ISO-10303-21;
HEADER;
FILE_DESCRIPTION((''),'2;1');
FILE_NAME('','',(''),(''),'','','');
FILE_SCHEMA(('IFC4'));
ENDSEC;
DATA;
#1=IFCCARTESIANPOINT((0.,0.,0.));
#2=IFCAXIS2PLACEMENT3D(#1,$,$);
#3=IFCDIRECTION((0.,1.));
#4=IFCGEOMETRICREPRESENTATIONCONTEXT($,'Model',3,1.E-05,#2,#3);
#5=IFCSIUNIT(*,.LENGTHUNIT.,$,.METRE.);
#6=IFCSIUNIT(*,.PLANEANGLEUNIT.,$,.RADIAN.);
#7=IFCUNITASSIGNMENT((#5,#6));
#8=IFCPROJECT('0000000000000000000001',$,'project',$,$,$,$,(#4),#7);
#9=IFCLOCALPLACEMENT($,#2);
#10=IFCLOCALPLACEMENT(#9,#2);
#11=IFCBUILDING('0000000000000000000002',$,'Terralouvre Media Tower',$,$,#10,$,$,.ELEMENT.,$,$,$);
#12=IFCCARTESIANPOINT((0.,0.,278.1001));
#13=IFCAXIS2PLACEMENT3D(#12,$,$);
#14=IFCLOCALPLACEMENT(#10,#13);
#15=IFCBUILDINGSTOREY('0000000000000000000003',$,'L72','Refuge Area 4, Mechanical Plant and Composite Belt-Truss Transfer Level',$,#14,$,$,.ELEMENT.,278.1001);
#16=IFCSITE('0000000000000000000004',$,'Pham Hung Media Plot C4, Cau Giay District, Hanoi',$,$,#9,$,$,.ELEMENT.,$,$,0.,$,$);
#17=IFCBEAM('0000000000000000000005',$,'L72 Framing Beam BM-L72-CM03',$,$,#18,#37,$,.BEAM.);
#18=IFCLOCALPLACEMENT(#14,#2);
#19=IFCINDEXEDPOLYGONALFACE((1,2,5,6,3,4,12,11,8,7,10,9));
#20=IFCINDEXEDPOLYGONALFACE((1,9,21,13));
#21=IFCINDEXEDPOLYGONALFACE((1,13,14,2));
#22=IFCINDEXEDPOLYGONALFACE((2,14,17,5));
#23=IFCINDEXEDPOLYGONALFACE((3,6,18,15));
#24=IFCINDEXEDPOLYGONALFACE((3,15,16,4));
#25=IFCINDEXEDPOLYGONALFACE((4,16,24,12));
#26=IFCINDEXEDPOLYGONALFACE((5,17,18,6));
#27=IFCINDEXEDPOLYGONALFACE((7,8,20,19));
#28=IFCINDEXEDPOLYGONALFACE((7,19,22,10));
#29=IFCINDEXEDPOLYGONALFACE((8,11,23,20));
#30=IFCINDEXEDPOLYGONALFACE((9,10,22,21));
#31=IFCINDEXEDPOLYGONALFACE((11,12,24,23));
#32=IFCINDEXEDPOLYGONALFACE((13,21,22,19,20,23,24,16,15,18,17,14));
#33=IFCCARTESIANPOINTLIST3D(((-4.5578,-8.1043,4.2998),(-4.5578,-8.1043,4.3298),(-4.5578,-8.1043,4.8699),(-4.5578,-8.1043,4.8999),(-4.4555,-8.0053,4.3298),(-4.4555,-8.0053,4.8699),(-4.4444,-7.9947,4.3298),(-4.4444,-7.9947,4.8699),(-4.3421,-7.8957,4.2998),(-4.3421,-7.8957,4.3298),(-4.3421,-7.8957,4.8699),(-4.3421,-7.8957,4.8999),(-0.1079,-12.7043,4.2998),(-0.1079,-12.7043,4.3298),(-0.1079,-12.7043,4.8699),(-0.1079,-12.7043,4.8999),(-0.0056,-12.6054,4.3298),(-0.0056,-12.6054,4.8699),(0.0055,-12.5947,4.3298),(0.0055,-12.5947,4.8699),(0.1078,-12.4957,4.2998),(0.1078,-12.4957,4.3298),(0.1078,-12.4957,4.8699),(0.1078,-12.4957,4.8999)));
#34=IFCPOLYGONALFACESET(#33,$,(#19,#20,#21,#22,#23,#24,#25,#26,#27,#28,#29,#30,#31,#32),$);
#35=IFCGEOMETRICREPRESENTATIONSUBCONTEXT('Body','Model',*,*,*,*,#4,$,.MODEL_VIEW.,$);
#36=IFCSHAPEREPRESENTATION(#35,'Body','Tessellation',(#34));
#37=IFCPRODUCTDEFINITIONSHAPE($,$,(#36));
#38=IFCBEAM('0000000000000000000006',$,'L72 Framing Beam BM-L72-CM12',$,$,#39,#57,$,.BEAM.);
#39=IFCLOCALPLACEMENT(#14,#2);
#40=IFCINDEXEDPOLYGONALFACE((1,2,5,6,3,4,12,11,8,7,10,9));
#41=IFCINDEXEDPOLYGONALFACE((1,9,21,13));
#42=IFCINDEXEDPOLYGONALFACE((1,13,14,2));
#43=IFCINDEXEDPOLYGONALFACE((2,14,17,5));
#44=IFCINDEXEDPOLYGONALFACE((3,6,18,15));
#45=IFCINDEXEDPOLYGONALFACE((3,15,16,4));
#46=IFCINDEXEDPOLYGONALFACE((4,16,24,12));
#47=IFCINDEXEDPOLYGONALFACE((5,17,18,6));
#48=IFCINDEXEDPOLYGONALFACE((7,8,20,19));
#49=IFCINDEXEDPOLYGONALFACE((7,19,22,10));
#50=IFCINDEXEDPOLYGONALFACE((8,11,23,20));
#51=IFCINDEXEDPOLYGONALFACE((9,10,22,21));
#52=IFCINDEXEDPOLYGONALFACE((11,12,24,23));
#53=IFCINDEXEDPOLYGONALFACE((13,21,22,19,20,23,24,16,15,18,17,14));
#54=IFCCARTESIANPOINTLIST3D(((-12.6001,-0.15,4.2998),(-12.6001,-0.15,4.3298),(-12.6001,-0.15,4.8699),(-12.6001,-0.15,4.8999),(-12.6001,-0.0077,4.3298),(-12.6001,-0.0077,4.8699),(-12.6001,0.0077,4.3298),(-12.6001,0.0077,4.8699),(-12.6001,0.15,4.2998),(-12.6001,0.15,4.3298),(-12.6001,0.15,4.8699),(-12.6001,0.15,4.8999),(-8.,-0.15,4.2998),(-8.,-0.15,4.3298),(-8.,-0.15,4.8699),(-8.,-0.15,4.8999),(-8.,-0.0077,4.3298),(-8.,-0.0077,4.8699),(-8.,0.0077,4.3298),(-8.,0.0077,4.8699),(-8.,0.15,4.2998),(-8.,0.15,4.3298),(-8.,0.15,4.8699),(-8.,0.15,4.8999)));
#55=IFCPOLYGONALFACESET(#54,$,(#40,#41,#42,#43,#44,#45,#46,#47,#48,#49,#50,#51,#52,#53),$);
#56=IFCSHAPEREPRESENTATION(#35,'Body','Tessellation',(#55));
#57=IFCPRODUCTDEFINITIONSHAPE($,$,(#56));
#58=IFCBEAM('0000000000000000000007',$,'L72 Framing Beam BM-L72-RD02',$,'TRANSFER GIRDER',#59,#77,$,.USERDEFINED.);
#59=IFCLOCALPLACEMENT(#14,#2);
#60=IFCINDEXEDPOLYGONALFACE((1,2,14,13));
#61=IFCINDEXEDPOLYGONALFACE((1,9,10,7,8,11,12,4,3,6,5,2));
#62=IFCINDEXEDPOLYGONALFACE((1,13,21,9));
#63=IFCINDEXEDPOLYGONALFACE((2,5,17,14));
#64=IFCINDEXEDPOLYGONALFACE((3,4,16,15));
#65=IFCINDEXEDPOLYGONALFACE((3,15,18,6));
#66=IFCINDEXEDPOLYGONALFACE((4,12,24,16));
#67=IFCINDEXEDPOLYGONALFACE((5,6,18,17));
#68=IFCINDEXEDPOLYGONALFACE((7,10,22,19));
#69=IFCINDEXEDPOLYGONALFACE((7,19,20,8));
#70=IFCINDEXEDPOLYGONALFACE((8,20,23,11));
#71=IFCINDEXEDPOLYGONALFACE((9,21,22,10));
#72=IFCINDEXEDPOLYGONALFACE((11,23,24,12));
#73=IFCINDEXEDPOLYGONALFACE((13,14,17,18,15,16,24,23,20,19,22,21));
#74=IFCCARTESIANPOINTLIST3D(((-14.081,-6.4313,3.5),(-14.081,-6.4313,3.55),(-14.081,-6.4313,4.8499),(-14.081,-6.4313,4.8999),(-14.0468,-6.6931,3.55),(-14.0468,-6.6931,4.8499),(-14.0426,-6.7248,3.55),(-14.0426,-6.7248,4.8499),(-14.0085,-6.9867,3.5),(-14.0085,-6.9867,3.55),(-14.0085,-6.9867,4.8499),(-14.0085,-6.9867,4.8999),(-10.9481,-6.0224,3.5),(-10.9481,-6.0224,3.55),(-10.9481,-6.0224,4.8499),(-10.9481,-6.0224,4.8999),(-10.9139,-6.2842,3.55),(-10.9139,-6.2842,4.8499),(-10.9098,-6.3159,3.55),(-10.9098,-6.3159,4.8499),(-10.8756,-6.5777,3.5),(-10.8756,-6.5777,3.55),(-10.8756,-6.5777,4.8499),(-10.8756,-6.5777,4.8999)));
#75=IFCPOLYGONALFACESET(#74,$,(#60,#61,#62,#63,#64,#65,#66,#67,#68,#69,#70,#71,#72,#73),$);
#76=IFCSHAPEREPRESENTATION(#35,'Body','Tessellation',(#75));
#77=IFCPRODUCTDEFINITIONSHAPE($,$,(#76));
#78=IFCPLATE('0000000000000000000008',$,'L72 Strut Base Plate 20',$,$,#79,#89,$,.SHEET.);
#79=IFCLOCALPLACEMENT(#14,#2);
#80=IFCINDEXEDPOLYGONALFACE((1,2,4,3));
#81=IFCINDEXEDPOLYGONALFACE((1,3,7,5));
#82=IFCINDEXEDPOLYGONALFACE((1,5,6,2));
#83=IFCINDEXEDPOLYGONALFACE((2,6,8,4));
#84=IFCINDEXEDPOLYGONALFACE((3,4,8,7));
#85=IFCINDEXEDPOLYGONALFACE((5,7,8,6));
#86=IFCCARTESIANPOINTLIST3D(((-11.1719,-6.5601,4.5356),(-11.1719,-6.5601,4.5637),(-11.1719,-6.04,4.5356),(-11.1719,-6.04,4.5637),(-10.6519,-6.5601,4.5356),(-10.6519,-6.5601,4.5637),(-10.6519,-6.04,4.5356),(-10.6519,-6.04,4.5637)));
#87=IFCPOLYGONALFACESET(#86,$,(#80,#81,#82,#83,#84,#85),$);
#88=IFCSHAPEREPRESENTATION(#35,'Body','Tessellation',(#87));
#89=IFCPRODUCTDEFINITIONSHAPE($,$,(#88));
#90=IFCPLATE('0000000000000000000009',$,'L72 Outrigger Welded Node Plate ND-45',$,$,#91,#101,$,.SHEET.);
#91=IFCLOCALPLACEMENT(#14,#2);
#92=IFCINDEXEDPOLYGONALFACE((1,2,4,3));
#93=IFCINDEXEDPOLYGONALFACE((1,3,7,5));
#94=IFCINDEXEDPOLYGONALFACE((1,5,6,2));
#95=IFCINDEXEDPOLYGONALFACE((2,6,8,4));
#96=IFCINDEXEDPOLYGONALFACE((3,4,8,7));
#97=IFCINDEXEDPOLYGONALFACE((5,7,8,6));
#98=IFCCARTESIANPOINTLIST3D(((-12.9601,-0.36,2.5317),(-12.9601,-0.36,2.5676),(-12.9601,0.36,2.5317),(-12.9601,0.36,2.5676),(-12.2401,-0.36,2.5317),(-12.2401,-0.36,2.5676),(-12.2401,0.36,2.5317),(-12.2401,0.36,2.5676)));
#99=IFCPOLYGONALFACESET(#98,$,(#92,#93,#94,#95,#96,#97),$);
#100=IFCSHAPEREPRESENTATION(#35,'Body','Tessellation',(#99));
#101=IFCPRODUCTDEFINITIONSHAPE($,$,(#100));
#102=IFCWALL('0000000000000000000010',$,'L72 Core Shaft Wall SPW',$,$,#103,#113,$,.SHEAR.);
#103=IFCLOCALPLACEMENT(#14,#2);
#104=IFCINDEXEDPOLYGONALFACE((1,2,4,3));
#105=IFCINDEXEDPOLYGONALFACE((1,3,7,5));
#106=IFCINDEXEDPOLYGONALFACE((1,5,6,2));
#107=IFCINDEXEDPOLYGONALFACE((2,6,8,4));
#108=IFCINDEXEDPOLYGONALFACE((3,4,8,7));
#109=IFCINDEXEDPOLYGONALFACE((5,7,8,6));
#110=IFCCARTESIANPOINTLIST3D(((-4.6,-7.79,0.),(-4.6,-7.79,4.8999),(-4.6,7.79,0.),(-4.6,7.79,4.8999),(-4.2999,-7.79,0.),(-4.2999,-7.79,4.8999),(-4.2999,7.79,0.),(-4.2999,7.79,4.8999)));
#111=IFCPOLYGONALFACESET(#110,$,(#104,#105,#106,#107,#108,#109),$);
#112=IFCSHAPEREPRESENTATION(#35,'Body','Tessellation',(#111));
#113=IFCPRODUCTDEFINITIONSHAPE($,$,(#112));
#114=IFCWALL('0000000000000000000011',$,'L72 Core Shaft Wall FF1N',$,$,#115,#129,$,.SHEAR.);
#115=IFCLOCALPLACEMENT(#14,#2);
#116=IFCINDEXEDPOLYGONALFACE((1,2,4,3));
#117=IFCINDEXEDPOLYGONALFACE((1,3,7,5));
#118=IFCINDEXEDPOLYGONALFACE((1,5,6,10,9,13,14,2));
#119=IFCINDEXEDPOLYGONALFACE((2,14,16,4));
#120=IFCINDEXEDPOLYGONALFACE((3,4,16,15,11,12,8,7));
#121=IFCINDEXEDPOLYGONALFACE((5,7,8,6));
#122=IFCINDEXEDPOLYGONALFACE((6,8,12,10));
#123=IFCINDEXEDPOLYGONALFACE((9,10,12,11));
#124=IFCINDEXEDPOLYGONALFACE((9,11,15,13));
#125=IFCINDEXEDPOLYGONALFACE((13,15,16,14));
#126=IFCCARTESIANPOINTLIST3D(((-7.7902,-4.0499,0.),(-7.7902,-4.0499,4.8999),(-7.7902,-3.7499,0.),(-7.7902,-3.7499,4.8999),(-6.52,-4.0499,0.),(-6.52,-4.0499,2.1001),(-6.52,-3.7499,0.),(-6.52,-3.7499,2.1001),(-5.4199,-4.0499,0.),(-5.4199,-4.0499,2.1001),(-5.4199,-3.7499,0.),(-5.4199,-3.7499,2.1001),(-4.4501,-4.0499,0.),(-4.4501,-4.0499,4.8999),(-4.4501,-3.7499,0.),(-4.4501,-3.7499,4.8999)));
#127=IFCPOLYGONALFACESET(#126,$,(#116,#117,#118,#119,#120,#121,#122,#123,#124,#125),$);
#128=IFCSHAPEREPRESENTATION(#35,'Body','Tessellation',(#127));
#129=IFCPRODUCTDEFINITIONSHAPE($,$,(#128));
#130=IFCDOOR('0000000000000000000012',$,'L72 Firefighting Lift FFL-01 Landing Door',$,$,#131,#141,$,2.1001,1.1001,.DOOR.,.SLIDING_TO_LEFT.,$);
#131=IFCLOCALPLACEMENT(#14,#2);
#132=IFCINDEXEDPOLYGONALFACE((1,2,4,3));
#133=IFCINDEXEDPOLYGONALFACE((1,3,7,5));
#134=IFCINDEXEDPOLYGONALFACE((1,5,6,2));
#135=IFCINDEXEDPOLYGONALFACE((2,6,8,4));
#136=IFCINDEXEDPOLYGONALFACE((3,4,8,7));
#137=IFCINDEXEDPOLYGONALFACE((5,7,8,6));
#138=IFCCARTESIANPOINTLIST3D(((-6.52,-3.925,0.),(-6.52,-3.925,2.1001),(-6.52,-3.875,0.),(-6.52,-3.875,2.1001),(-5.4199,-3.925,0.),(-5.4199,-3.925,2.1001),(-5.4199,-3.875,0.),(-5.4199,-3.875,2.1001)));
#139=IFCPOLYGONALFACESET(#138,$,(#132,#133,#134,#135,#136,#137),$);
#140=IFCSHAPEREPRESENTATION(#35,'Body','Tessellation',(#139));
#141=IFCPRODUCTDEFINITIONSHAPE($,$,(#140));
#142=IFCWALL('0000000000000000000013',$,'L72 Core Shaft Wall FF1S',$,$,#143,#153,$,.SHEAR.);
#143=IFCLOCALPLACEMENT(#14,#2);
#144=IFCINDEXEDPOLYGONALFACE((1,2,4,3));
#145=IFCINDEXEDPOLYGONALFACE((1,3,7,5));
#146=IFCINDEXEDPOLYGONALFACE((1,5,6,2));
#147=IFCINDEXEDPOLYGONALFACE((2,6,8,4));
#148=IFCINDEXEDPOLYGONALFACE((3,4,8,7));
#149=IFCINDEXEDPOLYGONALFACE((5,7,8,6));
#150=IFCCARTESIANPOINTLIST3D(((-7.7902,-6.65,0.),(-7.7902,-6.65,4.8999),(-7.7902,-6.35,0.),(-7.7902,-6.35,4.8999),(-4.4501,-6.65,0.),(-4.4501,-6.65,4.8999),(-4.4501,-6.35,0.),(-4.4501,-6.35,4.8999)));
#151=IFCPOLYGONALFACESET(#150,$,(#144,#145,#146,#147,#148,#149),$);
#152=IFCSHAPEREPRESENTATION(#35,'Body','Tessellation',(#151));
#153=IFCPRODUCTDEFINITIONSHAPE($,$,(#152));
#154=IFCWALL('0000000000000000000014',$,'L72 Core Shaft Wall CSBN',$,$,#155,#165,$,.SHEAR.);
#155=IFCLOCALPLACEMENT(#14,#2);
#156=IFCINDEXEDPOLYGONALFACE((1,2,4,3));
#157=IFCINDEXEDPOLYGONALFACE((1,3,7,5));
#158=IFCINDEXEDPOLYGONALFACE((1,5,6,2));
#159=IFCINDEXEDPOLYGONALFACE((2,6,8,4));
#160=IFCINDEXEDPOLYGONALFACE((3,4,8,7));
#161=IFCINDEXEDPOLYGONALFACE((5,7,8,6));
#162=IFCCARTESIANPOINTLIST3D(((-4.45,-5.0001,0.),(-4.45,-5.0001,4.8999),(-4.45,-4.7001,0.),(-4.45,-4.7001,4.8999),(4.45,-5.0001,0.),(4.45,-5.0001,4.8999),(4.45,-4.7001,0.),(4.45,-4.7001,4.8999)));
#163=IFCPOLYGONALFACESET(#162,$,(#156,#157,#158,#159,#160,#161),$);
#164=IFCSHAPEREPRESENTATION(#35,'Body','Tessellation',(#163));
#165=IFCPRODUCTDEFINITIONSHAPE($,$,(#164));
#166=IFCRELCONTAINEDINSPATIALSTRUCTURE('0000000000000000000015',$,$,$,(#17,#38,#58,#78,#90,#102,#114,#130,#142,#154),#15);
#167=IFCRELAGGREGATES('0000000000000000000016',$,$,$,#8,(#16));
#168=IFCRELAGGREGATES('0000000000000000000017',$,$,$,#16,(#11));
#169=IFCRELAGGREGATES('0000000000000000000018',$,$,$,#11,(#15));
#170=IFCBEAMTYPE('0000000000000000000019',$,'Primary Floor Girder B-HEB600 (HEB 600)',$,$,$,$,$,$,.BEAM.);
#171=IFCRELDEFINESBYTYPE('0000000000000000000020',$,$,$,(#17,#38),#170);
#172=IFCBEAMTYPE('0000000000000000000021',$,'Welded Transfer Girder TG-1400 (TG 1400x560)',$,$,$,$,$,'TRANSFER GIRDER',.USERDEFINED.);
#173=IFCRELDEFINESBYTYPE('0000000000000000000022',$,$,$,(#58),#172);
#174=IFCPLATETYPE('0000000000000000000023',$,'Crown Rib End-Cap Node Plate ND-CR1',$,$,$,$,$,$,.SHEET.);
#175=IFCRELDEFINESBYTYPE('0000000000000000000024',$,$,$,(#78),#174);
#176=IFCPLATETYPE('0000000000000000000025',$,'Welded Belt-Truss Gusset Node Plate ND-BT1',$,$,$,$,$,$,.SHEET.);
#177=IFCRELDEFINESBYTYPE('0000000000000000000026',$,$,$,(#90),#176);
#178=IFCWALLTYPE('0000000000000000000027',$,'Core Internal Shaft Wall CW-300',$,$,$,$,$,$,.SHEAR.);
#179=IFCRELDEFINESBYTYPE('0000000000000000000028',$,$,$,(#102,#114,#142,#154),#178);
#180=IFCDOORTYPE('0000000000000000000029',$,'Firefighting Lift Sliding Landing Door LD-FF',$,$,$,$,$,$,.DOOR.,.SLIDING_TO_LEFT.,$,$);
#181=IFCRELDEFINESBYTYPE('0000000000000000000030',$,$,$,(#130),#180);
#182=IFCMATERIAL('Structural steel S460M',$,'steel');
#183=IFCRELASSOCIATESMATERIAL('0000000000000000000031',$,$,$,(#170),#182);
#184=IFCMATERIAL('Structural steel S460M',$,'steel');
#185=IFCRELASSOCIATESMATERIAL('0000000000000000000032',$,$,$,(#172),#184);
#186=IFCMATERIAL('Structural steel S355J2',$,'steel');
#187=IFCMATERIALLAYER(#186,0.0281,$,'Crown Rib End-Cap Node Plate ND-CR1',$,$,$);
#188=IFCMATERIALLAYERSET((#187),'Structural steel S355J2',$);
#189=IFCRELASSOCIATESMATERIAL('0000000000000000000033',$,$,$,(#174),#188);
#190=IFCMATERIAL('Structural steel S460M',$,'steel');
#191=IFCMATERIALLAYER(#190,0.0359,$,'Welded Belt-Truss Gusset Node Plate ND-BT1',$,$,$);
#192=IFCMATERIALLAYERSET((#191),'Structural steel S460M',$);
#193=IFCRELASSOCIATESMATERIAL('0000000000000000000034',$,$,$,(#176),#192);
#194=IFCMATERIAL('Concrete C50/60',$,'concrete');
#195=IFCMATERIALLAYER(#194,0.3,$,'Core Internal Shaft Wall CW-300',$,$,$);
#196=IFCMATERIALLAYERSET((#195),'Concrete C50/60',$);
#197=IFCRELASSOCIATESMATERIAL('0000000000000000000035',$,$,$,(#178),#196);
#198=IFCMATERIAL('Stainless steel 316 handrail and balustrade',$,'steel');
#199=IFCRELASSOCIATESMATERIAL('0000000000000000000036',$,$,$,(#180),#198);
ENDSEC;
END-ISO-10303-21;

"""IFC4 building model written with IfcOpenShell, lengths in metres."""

from ifc_helpers import new_model, si_unit, direction, frame, frame_2d, origin, origin_2d, place, context, subcontext, project, spatial, rectangle, i_section, extrude, material, layer, layer_set, material_profile, profile_set, type_object, element, fill, save


model = new_model("IFC4")

# Units and contexts
model_context = context("Model", 3, precision=1e-05, world=origin(), true_north=direction((0.0, 1.0)))
body_context = subcontext(model_context, "Body", "Model", "MODEL_VIEW")
ifc_project = project(units=[si_unit("LENGTHUNIT", "METRE"), si_unit("PLANEANGLEUNIT", "RADIAN")], contexts=[model_context])

# Site, building, storey
site_placement = place(None, origin())
site = spatial("IfcSite", under=ifc_project, at=site_placement, Name="Pham Hung Media Plot C4, Cau Giay District, Hanoi", CompositionType="ELEMENT", RefElevation=0.0)
building_placement = place(site_placement, origin())
building = spatial("IfcBuilding", under=site, at=building_placement, Name="Terralouvre Media Tower", CompositionType="ELEMENT")
storey_placement = place(building_placement, frame((0.0, 0.0, 278.1001)))
storey = spatial("IfcBuildingStorey", under=building, at=storey_placement, Name="L72", Description="Refuge Area 4, Mechanical Plant and Composite Belt-Truss Transfer Level", CompositionType="ELEMENT", Elevation=278.1001)

# Beams
ifc_material_1 = material(Name="Structural steel S460M", Category="steel")
ifc_material_profile_1 = material_profile(ifc_material_1, i_section(OverallWidth=0.3, OverallDepth=0.6001, WebThickness=0.0154, FlangeThickness=0.03, at=origin_2d()), Name="HEB 600")
ifc_profile_set_1 = profile_set([ifc_material_profile_1], Name="Structural steel S460M")
beam_type_1 = type_object("IfcBeamType", Name="Primary Floor Girder B-HEB600 (HEB 600)", PredefinedType="BEAM", material=ifc_profile_set_1)
beam_1_placement = place(storey_placement, frame((-4.45, -8.0, 4.5999), z_axis=(0.69528, -0.718739, 0.0), x_axis=(0.718739, 0.69528, 0.0)))
element("IfcBeam", 1, at=beam_1_placement, inside=storey, type_object=beam_type_1, Name="L72 Framing Beam BM-L72-CM03", PredefinedType="BEAM", context=body_context, shape_type="SweptSolid", body=[
    extrude(i_section(OverallWidth=0.3, OverallDepth=0.6001, WebThickness=0.0154, FlangeThickness=0.03, at=origin_2d()), origin(), (0.0, 0.0, 1.0), 6.4001),
])
beam_2_placement = place(storey_placement, frame((-8.0, 0.0, 4.5999), z_axis=(-1.0, 0.0, 0.0), x_axis=(0.0, -1.0, 0.0)))
element("IfcBeam", 2, at=beam_2_placement, inside=storey, type_object=beam_type_1, Name="L72 Framing Beam BM-L72-CM12", PredefinedType="BEAM", context=body_context, shape_type="SweptSolid", body=[
    extrude(i_section(OverallWidth=0.3, OverallDepth=0.6001, WebThickness=0.0154, FlangeThickness=0.03, at=origin_2d()), origin(), (0.0, 0.0, 1.0), 4.6001),
])
ifc_material_2 = material(Name="Structural steel S460M", Category="steel")
ifc_material_profile_2 = material_profile(ifc_material_2, i_section(OverallWidth=0.5601, OverallDepth=1.3999, WebThickness=0.032, FlangeThickness=0.05, at=origin_2d()), Name="TG 1400x560")
ifc_profile_set_2 = profile_set([ifc_material_profile_2], Name="Structural steel S460M")
beam_type_2 = type_object("IfcBeamType", Name="Welded Transfer Girder TG-1400 (TG 1400x560)", ElementType="TRANSFER GIRDER", PredefinedType="USERDEFINED", material=ifc_profile_set_2)
beam_3_placement = place(storey_placement, frame((-10.9119, -6.3, 4.2), z_axis=(-0.991588, -0.129435, 0.0), x_axis=(0.129435, -0.991588, 0.0)))
element("IfcBeam", 3, at=beam_3_placement, inside=storey, type_object=beam_type_2, Name="L72 Framing Beam BM-L72-RD02", ObjectType="TRANSFER GIRDER", PredefinedType="USERDEFINED", context=body_context, shape_type="SweptSolid", body=[
    extrude(i_section(OverallWidth=0.5601, OverallDepth=1.3999, WebThickness=0.032, FlangeThickness=0.05, at=origin_2d()), origin(), (0.0, 0.0, 1.0), 3.1594),
])

# Plates
ifc_material_3 = material(Name="Structural steel S355J2", Category="steel")
ifc_layer_1 = layer(ifc_material_3, 0.0281, Name="Crown Rib End-Cap Node Plate ND-CR1")
ifc_layer_set_1 = layer_set([ifc_layer_1], Name="Structural steel S355J2")
plate_type_1 = type_object("IfcPlateType", Name="Crown Rib End-Cap Node Plate ND-CR1", PredefinedType="SHEET", material=ifc_layer_set_1)
plate_1_placement = place(storey_placement, frame((-10.9119, -6.3, 4.5356), z_axis=(0.0, 0.0, 1.0), x_axis=(1.0, 0.0, 0.0)))
element("IfcPlate", 4, at=plate_1_placement, inside=storey, type_object=plate_type_1, Name="L72 Strut Base Plate 20", PredefinedType="SHEET", context=body_context, shape_type="SweptSolid", body=[
    extrude(rectangle(XDim=0.52, YDim=0.52, at=origin_2d()), origin(), (0.0, 0.0, 1.0), 0.0281),
])
ifc_material_4 = material(Name="Structural steel S460M", Category="steel")
ifc_layer_2 = layer(ifc_material_4, 0.0359, Name="Welded Belt-Truss Gusset Node Plate ND-BT1")
ifc_layer_set_2 = layer_set([ifc_layer_2], Name="Structural steel S460M")
plate_type_2 = type_object("IfcPlateType", Name="Welded Belt-Truss Gusset Node Plate ND-BT1", PredefinedType="SHEET", material=ifc_layer_set_2)
plate_2_placement = place(storey_placement, frame((-12.6001, 0.0, 2.5317), z_axis=(0.0, 0.0, 1.0), x_axis=(1.0, 0.0, 0.0)))
element("IfcPlate", 5, at=plate_2_placement, inside=storey, type_object=plate_type_2, Name="L72 Outrigger Welded Node Plate ND-45", PredefinedType="SHEET", context=body_context, shape_type="SweptSolid", body=[
    extrude(rectangle(XDim=0.72, YDim=0.72, at=origin_2d()), origin(), (0.0, 0.0, 1.0), 0.0359),
])

# Wall
ifc_material_5 = material(Name="Concrete C50/60", Category="concrete")
ifc_layer_3 = layer(ifc_material_5, 0.3, Name="Core Internal Shaft Wall CW-300")
ifc_layer_set_3 = layer_set([ifc_layer_3], Name="Concrete C50/60")
wall_type_1 = type_object("IfcWallType", Name="Core Internal Shaft Wall CW-300", PredefinedType="SHEAR", material=ifc_layer_set_3)
wall_1_placement = place(storey_placement, frame((-4.45, -7.79, 0.0), z_axis=(0.0, 0.0, 1.0), x_axis=(0.0, 1.0, 0.0)))
element("IfcWall", 6, at=wall_1_placement, inside=storey, type_object=wall_type_1, Name="L72 Core Shaft Wall SPW", PredefinedType="SHEAR", context=body_context, shape_type="SweptSolid", body=[
    extrude(rectangle(XDim=15.5801, YDim=0.3, at=frame_2d((7.79, 0.0))), origin(), (0.0, 0.0, 1.0), 4.8999),
])

# Wall, opening, door
wall_2_placement = place(storey_placement, frame((-7.79, -3.8999, 0.0), z_axis=(0.0, 0.0, 1.0), x_axis=(1.0, 0.0, 0.0)))
wall_2 = element("IfcWall", 7, at=wall_2_placement, inside=storey, type_object=wall_type_1, Name="L72 Core Shaft Wall FF1N", PredefinedType="SHEAR", context=body_context, shape_type="SweptSolid", body=[
    extrude(rectangle(XDim=3.3401, YDim=0.3, at=frame_2d((1.6699, 0.0))), origin(), (0.0, 0.0, 1.0), 4.8999),
])
opening_1_placement = place(wall_2_placement, frame((1.27, 0.0, 0.0)))
opening_1 = element("IfcOpeningElement", 8, at=opening_1_placement, cuts=wall_2, PredefinedType="OPENING", context=body_context, shape_type="SweptSolid", body=[
    extrude(rectangle(XDim=1.1001, YDim=2.1001, at=frame_2d((0.55, 1.05))), frame((0.0, 0.1599, 0.0), z_axis=(0.0, -1.0, 0.0), x_axis=(1.0, 0.0, 0.0)), (0.0, 0.0, 1.0), 0.3201),
])
ifc_material_6 = material(Name="Stainless steel 316 handrail and balustrade", Category="steel")
door_type_1 = type_object("IfcDoorType", Name="Firefighting Lift Sliding Landing Door LD-FF", OperationType="SLIDING_TO_LEFT", PredefinedType="DOOR", material=ifc_material_6)
door_1_placement = place(opening_1_placement, origin())
door_1 = element("IfcDoor", 9, at=door_1_placement, inside=storey, type_object=door_type_1, Name="L72 Firefighting Lift FFL-01 Landing Door", OperationType="SLIDING_TO_LEFT", OverallHeight=2.1001, OverallWidth=1.1001, PredefinedType="DOOR", context=body_context, shape_type="SweptSolid", body=[
    extrude(rectangle(XDim=1.1001, YDim=2.1001, at=frame_2d((0.55, 1.05))), frame((0.0, 0.0249, 0.0), z_axis=(0.0, -1.0, 0.0), x_axis=(1.0, 0.0, 0.0)), (0.0, 0.0, 1.0), 0.05),
])
fill(opening_1, door_1)

# Walls
wall_3_placement = place(storey_placement, frame((-7.79, -6.5, 0.0), z_axis=(0.0, 0.0, 1.0), x_axis=(1.0, 0.0, 0.0)))
element("IfcWall", 10, at=wall_3_placement, inside=storey, type_object=wall_type_1, Name="L72 Core Shaft Wall FF1S", PredefinedType="SHEAR", context=body_context, shape_type="SweptSolid", body=[
    extrude(rectangle(XDim=3.3401, YDim=0.3, at=frame_2d((1.6699, 0.0))), origin(), (0.0, 0.0, 1.0), 4.8999),
])
wall_4_placement = place(storey_placement, frame((-4.45, -4.8501, 0.0), z_axis=(0.0, 0.0, 1.0), x_axis=(1.0, 0.0, 0.0)))
element("IfcWall", 11, at=wall_4_placement, inside=storey, type_object=wall_type_1, Name="L72 Core Shaft Wall CSBN", PredefinedType="SHEAR", context=body_context, shape_type="SweptSolid", body=[
    extrude(rectangle(XDim=8.8999, YDim=0.3, at=frame_2d((4.45, 0.0))), origin(), (0.0, 0.0, 1.0), 4.8999),
])

save(model, "model.ifc")
